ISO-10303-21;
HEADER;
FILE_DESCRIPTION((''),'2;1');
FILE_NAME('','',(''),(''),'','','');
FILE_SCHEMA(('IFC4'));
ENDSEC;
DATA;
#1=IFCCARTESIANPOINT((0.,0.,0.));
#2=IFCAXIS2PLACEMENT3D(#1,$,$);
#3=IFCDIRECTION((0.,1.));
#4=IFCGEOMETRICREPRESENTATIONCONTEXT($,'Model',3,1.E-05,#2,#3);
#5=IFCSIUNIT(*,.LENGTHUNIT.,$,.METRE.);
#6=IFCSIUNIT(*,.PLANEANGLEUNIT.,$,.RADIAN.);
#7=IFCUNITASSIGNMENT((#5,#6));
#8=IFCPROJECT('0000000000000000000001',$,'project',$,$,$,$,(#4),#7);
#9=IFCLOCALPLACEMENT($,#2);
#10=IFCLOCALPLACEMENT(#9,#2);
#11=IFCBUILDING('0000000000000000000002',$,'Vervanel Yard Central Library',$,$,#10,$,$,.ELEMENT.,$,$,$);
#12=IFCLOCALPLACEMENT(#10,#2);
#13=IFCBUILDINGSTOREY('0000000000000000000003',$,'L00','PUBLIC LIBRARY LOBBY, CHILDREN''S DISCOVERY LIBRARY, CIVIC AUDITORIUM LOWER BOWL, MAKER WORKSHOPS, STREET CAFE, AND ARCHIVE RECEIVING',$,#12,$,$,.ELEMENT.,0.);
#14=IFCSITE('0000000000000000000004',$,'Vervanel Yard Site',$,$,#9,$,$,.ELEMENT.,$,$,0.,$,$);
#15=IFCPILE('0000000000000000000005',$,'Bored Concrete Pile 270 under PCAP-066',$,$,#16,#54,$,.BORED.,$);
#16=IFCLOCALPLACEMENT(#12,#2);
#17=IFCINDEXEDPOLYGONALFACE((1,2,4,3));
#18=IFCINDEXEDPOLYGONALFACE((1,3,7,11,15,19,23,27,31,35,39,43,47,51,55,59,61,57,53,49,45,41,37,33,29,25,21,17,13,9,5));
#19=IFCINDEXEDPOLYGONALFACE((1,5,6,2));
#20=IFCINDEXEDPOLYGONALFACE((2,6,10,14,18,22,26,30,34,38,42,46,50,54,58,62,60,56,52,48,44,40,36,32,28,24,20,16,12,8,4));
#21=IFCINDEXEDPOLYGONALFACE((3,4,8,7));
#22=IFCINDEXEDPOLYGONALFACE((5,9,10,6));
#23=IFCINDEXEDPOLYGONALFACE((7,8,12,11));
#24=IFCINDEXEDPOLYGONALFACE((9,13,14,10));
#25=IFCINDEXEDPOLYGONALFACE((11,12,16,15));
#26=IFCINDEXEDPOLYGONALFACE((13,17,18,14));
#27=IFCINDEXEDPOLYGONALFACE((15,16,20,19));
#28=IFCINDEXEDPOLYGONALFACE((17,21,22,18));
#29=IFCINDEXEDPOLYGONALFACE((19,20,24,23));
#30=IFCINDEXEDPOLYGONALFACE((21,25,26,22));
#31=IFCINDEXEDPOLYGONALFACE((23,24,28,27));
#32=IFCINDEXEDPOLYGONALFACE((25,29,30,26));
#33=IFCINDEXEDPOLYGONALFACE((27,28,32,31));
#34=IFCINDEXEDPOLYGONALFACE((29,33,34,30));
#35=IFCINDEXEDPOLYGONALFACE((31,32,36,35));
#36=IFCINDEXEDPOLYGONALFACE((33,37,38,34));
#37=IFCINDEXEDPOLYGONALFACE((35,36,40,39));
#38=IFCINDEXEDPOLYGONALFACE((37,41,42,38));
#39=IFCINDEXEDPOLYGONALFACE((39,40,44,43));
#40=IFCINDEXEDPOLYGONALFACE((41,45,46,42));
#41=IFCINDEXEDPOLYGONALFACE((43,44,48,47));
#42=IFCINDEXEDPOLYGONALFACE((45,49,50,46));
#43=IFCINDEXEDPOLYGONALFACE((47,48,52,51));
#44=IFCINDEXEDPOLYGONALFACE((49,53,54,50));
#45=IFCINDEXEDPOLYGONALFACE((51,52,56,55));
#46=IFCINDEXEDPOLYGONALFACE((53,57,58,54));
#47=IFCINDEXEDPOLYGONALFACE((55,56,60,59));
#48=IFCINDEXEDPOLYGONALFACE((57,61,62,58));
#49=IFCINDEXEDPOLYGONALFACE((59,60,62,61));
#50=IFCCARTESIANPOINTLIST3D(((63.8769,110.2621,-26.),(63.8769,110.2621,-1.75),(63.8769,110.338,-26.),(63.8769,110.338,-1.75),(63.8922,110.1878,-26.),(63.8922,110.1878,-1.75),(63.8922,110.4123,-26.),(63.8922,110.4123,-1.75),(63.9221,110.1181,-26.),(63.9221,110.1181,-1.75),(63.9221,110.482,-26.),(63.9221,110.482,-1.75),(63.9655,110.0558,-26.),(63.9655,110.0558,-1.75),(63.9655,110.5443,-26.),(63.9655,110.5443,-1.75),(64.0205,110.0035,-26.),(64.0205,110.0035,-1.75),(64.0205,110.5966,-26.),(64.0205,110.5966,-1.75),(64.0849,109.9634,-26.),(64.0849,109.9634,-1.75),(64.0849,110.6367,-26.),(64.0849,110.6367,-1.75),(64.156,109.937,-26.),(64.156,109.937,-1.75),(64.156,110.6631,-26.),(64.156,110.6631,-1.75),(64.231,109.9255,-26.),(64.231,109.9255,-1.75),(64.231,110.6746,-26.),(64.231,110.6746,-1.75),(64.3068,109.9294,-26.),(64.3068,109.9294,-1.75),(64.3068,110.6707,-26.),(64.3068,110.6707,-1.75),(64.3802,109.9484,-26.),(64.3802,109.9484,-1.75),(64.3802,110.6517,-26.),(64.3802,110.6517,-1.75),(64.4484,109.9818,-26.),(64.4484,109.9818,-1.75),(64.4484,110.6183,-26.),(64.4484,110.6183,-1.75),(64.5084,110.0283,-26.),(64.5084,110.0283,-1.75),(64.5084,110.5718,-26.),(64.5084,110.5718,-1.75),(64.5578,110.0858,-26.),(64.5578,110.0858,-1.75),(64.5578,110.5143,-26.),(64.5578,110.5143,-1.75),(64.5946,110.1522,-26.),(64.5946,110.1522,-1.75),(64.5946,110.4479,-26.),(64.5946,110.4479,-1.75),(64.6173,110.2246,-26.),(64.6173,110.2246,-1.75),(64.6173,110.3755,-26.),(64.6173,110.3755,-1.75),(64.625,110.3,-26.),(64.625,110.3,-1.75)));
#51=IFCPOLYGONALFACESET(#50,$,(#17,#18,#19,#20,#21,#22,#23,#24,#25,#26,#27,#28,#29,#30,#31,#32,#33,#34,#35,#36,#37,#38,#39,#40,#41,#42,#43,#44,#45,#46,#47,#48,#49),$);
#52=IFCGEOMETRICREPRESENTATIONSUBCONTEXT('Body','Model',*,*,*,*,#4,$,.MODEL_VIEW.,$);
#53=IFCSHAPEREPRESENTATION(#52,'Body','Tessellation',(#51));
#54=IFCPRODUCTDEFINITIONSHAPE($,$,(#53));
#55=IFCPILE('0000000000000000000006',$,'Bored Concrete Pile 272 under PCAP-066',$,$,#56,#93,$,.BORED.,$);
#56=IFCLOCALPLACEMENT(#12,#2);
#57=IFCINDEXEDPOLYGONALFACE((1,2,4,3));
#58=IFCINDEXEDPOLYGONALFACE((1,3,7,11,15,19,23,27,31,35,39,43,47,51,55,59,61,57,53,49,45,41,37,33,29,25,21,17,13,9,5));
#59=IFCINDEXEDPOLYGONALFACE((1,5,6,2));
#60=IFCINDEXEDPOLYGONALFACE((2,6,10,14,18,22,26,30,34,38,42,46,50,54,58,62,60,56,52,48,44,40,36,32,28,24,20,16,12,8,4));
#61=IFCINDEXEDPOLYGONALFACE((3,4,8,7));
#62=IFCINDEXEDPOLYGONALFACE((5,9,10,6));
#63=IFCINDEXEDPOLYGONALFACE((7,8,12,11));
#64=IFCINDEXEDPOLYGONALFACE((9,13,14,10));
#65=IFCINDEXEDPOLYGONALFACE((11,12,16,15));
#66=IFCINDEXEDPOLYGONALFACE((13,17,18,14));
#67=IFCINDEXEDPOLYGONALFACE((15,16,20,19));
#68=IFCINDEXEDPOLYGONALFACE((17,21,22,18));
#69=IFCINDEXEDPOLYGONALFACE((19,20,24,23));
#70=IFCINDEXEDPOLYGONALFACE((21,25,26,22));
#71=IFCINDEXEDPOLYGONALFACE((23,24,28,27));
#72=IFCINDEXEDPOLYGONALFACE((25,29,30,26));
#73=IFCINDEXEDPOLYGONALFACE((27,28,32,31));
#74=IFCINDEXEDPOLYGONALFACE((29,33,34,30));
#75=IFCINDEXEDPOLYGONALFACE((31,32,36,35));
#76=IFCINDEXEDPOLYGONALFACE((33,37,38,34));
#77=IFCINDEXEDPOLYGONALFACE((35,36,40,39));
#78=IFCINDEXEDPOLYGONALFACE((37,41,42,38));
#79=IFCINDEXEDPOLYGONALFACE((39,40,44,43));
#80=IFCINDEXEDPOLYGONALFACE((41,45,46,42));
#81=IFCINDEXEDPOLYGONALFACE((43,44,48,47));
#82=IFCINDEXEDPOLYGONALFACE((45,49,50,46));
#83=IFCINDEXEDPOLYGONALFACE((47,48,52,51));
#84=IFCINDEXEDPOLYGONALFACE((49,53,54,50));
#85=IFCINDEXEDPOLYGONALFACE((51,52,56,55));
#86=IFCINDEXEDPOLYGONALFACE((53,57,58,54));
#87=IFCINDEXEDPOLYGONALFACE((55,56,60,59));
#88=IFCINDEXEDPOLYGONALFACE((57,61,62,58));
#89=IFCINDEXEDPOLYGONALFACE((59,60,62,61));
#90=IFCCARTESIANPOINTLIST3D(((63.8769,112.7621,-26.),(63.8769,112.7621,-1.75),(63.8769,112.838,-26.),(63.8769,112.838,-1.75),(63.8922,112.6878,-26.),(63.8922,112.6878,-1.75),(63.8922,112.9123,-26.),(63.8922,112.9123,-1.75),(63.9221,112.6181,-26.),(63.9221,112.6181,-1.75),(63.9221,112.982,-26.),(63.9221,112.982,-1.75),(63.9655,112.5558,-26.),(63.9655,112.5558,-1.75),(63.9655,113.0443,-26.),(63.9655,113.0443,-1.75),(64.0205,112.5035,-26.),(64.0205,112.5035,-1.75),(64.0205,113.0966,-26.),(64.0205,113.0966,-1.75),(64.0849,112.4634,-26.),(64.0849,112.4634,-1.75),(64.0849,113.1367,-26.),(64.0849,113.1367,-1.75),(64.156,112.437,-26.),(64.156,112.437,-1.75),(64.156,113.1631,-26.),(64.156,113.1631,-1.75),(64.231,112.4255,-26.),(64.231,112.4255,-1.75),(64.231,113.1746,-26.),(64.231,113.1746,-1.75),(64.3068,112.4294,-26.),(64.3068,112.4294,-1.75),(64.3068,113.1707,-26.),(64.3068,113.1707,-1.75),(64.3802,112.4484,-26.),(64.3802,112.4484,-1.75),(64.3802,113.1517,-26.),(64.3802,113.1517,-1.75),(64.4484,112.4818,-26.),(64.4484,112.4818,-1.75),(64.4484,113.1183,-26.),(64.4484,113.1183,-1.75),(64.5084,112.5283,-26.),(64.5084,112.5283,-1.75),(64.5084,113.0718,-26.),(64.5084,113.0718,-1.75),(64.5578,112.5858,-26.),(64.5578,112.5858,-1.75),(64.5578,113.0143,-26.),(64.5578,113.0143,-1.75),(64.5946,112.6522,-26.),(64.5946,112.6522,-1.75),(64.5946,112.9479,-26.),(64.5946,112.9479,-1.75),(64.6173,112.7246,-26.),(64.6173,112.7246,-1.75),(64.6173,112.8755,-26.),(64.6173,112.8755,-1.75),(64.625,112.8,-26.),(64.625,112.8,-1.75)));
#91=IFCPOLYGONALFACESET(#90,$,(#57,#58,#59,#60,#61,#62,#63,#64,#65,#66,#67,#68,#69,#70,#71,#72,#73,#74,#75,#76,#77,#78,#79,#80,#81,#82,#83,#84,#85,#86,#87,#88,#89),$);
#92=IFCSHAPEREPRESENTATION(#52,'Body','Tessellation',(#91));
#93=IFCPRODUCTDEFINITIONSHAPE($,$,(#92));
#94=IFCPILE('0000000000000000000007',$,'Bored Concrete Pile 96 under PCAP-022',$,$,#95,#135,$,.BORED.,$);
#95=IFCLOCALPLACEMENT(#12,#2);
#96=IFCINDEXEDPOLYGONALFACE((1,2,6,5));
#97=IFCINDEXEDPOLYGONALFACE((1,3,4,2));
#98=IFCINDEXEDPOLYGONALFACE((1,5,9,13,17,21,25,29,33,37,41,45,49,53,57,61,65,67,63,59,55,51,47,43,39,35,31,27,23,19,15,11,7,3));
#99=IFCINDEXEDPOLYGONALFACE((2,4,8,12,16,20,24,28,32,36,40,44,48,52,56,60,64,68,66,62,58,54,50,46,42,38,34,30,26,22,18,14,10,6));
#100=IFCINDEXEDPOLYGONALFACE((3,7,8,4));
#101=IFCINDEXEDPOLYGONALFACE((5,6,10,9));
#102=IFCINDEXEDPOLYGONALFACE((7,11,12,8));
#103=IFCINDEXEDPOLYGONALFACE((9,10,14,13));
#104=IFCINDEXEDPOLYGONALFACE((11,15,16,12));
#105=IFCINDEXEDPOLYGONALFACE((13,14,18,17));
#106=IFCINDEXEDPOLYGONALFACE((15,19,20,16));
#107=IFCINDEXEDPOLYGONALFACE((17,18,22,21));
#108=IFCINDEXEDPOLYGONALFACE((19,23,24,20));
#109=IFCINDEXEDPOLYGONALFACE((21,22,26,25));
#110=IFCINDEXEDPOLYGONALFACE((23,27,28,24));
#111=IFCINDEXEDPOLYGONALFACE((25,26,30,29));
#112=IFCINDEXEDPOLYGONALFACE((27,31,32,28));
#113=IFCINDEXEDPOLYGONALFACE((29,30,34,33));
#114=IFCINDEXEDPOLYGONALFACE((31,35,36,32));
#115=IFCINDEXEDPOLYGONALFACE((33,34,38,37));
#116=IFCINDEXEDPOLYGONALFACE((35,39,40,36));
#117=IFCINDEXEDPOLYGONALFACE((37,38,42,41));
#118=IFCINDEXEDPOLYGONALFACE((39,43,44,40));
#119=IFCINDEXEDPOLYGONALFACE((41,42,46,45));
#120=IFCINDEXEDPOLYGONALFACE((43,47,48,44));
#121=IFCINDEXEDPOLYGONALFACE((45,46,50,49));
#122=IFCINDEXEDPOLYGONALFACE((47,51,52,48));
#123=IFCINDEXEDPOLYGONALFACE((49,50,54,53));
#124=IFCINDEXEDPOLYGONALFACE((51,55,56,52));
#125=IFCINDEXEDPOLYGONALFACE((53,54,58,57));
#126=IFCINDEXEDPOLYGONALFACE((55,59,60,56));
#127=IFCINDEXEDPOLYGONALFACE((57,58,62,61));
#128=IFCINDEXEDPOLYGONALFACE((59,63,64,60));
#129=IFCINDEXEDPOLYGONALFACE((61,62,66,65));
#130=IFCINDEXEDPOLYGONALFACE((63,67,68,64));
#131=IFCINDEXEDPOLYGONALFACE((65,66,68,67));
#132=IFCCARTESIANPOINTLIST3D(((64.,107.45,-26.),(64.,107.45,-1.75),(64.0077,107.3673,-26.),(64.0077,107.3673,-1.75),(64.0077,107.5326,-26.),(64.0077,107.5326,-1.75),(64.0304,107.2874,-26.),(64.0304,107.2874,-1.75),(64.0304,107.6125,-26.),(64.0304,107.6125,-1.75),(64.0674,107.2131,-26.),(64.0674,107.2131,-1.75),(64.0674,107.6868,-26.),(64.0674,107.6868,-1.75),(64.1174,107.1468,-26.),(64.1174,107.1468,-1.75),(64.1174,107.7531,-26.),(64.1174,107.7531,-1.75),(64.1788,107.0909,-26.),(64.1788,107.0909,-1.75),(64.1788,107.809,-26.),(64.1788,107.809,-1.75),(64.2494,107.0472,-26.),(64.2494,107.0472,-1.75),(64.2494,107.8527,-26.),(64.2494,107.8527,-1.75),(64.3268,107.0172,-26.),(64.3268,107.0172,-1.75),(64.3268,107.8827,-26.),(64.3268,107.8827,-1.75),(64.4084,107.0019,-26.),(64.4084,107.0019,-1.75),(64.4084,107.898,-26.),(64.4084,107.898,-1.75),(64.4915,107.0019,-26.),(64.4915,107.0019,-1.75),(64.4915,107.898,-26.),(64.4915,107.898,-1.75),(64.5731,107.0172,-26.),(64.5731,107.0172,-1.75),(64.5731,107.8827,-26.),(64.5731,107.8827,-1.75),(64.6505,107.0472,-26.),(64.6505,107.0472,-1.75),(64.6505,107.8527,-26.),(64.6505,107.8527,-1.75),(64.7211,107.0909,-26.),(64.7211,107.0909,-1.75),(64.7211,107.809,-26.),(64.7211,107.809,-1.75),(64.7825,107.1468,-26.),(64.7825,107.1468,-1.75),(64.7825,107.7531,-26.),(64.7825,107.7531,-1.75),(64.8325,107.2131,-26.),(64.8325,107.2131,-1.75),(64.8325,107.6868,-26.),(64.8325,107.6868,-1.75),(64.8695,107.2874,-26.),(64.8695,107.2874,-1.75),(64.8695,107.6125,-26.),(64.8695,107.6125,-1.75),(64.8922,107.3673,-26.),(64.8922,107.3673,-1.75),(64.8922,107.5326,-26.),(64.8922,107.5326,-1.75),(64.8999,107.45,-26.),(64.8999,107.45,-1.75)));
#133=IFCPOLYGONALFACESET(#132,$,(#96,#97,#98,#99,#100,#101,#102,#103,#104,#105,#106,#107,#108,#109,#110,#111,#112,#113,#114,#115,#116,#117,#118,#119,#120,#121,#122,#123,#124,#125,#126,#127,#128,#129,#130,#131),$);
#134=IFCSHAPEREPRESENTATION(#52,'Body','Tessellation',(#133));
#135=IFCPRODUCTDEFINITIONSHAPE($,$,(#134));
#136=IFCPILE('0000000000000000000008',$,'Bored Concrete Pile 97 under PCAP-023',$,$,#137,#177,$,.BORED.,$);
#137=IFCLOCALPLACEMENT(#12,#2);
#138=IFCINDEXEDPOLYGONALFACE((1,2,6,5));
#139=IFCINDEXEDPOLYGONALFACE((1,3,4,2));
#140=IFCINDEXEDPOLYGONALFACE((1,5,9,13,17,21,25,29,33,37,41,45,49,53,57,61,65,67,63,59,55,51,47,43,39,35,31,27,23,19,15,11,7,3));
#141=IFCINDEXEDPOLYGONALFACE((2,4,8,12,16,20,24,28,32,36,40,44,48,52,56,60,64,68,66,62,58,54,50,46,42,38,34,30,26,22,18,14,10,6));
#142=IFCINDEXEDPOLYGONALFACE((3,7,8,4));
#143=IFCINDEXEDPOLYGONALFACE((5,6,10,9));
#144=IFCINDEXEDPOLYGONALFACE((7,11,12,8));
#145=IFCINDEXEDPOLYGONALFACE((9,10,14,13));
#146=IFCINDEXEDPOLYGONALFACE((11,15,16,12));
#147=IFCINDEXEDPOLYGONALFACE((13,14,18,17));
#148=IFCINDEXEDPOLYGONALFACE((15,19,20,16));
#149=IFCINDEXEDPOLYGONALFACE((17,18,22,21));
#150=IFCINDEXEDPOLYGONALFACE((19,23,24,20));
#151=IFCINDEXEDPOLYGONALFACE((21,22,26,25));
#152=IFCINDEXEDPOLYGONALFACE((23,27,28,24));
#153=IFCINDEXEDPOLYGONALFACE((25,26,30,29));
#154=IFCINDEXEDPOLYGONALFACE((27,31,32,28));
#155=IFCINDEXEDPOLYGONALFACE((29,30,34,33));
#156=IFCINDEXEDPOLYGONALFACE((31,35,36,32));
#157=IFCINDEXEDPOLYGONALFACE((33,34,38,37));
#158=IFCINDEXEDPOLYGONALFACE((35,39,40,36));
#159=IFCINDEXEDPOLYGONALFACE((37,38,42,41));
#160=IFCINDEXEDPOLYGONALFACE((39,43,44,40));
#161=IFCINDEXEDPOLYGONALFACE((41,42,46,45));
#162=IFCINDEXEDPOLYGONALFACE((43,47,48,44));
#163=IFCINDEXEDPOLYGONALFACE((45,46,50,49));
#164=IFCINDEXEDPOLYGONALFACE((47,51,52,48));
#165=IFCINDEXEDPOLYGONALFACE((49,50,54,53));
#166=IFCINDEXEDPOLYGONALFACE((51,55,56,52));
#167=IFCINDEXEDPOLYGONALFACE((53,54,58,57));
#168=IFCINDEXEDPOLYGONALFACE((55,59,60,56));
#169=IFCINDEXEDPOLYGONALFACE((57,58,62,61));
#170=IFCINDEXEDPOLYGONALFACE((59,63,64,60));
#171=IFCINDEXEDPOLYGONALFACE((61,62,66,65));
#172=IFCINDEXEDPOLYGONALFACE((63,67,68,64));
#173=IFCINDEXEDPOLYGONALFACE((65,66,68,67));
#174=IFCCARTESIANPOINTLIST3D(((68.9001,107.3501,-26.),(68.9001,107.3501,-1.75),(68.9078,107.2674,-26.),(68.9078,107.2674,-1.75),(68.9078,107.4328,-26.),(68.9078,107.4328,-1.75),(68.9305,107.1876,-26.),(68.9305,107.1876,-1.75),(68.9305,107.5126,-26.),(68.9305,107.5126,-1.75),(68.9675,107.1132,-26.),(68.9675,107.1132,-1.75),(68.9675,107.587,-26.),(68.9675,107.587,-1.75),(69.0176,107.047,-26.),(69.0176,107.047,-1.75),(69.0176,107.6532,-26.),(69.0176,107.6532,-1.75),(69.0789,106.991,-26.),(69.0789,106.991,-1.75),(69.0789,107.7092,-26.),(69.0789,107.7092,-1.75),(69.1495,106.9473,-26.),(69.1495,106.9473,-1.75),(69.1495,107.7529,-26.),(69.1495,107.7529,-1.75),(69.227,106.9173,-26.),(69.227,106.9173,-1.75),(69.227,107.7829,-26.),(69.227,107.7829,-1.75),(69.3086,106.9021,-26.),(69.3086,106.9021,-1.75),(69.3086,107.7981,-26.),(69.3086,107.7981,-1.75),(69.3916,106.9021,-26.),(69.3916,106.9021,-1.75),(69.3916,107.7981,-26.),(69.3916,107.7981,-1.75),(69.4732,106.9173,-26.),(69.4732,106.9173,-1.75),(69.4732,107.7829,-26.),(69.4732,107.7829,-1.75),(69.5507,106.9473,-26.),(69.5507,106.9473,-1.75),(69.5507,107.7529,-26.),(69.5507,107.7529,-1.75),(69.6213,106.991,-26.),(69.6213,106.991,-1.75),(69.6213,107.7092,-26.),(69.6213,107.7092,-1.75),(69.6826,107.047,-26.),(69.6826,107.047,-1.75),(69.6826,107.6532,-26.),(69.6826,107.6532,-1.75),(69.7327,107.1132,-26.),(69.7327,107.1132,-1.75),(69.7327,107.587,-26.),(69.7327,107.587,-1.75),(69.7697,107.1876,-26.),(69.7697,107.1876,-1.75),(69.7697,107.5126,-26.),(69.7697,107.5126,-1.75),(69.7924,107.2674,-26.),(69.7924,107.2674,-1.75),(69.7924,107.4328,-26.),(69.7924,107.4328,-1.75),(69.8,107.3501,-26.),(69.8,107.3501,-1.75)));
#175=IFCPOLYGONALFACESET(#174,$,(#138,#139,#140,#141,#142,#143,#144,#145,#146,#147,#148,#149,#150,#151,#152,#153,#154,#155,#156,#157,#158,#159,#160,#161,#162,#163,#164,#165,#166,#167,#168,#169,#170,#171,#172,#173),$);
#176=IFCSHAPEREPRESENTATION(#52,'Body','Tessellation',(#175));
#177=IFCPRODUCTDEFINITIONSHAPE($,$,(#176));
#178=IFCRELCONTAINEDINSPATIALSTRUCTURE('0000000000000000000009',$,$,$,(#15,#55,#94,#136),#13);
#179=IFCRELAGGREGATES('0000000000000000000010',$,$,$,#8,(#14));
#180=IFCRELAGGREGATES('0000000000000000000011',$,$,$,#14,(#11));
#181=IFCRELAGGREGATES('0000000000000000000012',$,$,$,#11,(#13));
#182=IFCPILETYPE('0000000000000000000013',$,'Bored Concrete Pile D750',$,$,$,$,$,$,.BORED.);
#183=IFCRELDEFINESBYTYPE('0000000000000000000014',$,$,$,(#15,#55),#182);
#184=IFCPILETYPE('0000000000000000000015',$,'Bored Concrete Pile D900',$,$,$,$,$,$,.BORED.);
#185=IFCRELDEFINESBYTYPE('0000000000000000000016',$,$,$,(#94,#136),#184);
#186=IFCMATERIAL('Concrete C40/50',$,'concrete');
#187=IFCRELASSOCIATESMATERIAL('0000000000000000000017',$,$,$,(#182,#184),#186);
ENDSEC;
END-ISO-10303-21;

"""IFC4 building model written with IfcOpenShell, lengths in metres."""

from ifc_helpers import new_model, si_unit, direction, frame, origin, origin_2d, place, context, subcontext, project, spatial, circle, extrude, material, material_profile, profile_set, type_object, element, save


model = new_model("IFC4")

# Units and contexts
model_context = context("Model", 3, precision=1e-05, world=origin(), true_north=direction((0.0, 1.0)))
body_context = subcontext(model_context, "Body", "Model", "MODEL_VIEW")
ifc_project = project(units=[si_unit("LENGTHUNIT", "METRE"), si_unit("PLANEANGLEUNIT", "RADIAN")], contexts=[model_context])

# Site, building, storey
site_placement = place(None, origin())
site = spatial("IfcSite", under=ifc_project, at=site_placement, Name="Vervanel Yard Site", CompositionType="ELEMENT", RefElevation=0.0)
building_placement = place(site_placement, origin())
building = spatial("IfcBuilding", under=site, at=building_placement, Name="Vervanel Yard Central Library", CompositionType="ELEMENT")
storey_placement = place(building_placement, origin())
storey = spatial("IfcBuildingStorey", under=building, at=storey_placement, Name="L00", Description="PUBLIC LIBRARY LOBBY, CHILDREN'S DISCOVERY LIBRARY, CIVIC AUDITORIUM LOWER BOWL, MAKER WORKSHOPS, STREET CAFE, AND ARCHIVE RECEIVING", CompositionType="ELEMENT", Elevation=0.0)

# Piles
ifc_material_1 = material(Name="Concrete C40/50", Category="concrete")
ifc_material_profile_1 = material_profile(ifc_material_1, circle(Radius=0.375, at=origin_2d()), Name="BP D750", Category="concrete")
ifc_profile_set_1 = profile_set([ifc_material_profile_1], Name="Concrete C40/50")
pile_type_1 = type_object("IfcPileType", Name="Bored Concrete Pile D750", PredefinedType="BORED", material=ifc_profile_set_1)
for number, where, z_axis, x_axis, name in (
    (1, (64.25, 110.3, -1.75), (0.0, 0.0, -1.0), (1.0, 0.0, 0.0), "Bored Concrete Pile 270 under PCAP-066"),
    (2, (64.25, 112.8, -1.75), (0.0, 0.0, -1.0), (1.0, 0.0, 0.0), "Bored Concrete Pile 272 under PCAP-066"),
):
    element("IfcPile", number, at=place(storey_placement, frame(where, z_axis=z_axis, x_axis=x_axis)), inside=storey, type_object=pile_type_1, Name=name, PredefinedType="BORED", context=body_context, shape_type="SweptSolid", body=[
        extrude(circle(Radius=0.375, at=origin_2d()), origin(), (0.0, 0.0, 1.0), 24.25),
    ])
ifc_material_profile_2 = material_profile(ifc_material_1, circle(Radius=0.45, at=origin_2d()), Name="BP D900", Category="concrete")
ifc_profile_set_2 = profile_set([ifc_material_profile_2], Name="Concrete C40/50")
pile_type_2 = type_object("IfcPileType", Name="Bored Concrete Pile D900", PredefinedType="BORED", material=ifc_profile_set_2)
for number, where, z_axis, x_axis, name in (
    (3, (64.45, 107.45, -1.75), (0.0, 0.0, -1.0), (1.0, 0.0, 0.0), "Bored Concrete Pile 96 under PCAP-022"),
    (4, (69.3501, 107.3501, -1.75), (0.0, 0.0, -1.0), (1.0, 0.0, 0.0), "Bored Concrete Pile 97 under PCAP-023"),
):
    element("IfcPile", number, at=place(storey_placement, frame(where, z_axis=z_axis, x_axis=x_axis)), inside=storey, type_object=pile_type_2, Name=name, PredefinedType="BORED", context=body_context, shape_type="SweptSolid", body=[
        extrude(circle(Radius=0.45, at=origin_2d()), origin(), (0.0, 0.0, 1.0), 24.25),
    ])

save(model, "model.ifc")
